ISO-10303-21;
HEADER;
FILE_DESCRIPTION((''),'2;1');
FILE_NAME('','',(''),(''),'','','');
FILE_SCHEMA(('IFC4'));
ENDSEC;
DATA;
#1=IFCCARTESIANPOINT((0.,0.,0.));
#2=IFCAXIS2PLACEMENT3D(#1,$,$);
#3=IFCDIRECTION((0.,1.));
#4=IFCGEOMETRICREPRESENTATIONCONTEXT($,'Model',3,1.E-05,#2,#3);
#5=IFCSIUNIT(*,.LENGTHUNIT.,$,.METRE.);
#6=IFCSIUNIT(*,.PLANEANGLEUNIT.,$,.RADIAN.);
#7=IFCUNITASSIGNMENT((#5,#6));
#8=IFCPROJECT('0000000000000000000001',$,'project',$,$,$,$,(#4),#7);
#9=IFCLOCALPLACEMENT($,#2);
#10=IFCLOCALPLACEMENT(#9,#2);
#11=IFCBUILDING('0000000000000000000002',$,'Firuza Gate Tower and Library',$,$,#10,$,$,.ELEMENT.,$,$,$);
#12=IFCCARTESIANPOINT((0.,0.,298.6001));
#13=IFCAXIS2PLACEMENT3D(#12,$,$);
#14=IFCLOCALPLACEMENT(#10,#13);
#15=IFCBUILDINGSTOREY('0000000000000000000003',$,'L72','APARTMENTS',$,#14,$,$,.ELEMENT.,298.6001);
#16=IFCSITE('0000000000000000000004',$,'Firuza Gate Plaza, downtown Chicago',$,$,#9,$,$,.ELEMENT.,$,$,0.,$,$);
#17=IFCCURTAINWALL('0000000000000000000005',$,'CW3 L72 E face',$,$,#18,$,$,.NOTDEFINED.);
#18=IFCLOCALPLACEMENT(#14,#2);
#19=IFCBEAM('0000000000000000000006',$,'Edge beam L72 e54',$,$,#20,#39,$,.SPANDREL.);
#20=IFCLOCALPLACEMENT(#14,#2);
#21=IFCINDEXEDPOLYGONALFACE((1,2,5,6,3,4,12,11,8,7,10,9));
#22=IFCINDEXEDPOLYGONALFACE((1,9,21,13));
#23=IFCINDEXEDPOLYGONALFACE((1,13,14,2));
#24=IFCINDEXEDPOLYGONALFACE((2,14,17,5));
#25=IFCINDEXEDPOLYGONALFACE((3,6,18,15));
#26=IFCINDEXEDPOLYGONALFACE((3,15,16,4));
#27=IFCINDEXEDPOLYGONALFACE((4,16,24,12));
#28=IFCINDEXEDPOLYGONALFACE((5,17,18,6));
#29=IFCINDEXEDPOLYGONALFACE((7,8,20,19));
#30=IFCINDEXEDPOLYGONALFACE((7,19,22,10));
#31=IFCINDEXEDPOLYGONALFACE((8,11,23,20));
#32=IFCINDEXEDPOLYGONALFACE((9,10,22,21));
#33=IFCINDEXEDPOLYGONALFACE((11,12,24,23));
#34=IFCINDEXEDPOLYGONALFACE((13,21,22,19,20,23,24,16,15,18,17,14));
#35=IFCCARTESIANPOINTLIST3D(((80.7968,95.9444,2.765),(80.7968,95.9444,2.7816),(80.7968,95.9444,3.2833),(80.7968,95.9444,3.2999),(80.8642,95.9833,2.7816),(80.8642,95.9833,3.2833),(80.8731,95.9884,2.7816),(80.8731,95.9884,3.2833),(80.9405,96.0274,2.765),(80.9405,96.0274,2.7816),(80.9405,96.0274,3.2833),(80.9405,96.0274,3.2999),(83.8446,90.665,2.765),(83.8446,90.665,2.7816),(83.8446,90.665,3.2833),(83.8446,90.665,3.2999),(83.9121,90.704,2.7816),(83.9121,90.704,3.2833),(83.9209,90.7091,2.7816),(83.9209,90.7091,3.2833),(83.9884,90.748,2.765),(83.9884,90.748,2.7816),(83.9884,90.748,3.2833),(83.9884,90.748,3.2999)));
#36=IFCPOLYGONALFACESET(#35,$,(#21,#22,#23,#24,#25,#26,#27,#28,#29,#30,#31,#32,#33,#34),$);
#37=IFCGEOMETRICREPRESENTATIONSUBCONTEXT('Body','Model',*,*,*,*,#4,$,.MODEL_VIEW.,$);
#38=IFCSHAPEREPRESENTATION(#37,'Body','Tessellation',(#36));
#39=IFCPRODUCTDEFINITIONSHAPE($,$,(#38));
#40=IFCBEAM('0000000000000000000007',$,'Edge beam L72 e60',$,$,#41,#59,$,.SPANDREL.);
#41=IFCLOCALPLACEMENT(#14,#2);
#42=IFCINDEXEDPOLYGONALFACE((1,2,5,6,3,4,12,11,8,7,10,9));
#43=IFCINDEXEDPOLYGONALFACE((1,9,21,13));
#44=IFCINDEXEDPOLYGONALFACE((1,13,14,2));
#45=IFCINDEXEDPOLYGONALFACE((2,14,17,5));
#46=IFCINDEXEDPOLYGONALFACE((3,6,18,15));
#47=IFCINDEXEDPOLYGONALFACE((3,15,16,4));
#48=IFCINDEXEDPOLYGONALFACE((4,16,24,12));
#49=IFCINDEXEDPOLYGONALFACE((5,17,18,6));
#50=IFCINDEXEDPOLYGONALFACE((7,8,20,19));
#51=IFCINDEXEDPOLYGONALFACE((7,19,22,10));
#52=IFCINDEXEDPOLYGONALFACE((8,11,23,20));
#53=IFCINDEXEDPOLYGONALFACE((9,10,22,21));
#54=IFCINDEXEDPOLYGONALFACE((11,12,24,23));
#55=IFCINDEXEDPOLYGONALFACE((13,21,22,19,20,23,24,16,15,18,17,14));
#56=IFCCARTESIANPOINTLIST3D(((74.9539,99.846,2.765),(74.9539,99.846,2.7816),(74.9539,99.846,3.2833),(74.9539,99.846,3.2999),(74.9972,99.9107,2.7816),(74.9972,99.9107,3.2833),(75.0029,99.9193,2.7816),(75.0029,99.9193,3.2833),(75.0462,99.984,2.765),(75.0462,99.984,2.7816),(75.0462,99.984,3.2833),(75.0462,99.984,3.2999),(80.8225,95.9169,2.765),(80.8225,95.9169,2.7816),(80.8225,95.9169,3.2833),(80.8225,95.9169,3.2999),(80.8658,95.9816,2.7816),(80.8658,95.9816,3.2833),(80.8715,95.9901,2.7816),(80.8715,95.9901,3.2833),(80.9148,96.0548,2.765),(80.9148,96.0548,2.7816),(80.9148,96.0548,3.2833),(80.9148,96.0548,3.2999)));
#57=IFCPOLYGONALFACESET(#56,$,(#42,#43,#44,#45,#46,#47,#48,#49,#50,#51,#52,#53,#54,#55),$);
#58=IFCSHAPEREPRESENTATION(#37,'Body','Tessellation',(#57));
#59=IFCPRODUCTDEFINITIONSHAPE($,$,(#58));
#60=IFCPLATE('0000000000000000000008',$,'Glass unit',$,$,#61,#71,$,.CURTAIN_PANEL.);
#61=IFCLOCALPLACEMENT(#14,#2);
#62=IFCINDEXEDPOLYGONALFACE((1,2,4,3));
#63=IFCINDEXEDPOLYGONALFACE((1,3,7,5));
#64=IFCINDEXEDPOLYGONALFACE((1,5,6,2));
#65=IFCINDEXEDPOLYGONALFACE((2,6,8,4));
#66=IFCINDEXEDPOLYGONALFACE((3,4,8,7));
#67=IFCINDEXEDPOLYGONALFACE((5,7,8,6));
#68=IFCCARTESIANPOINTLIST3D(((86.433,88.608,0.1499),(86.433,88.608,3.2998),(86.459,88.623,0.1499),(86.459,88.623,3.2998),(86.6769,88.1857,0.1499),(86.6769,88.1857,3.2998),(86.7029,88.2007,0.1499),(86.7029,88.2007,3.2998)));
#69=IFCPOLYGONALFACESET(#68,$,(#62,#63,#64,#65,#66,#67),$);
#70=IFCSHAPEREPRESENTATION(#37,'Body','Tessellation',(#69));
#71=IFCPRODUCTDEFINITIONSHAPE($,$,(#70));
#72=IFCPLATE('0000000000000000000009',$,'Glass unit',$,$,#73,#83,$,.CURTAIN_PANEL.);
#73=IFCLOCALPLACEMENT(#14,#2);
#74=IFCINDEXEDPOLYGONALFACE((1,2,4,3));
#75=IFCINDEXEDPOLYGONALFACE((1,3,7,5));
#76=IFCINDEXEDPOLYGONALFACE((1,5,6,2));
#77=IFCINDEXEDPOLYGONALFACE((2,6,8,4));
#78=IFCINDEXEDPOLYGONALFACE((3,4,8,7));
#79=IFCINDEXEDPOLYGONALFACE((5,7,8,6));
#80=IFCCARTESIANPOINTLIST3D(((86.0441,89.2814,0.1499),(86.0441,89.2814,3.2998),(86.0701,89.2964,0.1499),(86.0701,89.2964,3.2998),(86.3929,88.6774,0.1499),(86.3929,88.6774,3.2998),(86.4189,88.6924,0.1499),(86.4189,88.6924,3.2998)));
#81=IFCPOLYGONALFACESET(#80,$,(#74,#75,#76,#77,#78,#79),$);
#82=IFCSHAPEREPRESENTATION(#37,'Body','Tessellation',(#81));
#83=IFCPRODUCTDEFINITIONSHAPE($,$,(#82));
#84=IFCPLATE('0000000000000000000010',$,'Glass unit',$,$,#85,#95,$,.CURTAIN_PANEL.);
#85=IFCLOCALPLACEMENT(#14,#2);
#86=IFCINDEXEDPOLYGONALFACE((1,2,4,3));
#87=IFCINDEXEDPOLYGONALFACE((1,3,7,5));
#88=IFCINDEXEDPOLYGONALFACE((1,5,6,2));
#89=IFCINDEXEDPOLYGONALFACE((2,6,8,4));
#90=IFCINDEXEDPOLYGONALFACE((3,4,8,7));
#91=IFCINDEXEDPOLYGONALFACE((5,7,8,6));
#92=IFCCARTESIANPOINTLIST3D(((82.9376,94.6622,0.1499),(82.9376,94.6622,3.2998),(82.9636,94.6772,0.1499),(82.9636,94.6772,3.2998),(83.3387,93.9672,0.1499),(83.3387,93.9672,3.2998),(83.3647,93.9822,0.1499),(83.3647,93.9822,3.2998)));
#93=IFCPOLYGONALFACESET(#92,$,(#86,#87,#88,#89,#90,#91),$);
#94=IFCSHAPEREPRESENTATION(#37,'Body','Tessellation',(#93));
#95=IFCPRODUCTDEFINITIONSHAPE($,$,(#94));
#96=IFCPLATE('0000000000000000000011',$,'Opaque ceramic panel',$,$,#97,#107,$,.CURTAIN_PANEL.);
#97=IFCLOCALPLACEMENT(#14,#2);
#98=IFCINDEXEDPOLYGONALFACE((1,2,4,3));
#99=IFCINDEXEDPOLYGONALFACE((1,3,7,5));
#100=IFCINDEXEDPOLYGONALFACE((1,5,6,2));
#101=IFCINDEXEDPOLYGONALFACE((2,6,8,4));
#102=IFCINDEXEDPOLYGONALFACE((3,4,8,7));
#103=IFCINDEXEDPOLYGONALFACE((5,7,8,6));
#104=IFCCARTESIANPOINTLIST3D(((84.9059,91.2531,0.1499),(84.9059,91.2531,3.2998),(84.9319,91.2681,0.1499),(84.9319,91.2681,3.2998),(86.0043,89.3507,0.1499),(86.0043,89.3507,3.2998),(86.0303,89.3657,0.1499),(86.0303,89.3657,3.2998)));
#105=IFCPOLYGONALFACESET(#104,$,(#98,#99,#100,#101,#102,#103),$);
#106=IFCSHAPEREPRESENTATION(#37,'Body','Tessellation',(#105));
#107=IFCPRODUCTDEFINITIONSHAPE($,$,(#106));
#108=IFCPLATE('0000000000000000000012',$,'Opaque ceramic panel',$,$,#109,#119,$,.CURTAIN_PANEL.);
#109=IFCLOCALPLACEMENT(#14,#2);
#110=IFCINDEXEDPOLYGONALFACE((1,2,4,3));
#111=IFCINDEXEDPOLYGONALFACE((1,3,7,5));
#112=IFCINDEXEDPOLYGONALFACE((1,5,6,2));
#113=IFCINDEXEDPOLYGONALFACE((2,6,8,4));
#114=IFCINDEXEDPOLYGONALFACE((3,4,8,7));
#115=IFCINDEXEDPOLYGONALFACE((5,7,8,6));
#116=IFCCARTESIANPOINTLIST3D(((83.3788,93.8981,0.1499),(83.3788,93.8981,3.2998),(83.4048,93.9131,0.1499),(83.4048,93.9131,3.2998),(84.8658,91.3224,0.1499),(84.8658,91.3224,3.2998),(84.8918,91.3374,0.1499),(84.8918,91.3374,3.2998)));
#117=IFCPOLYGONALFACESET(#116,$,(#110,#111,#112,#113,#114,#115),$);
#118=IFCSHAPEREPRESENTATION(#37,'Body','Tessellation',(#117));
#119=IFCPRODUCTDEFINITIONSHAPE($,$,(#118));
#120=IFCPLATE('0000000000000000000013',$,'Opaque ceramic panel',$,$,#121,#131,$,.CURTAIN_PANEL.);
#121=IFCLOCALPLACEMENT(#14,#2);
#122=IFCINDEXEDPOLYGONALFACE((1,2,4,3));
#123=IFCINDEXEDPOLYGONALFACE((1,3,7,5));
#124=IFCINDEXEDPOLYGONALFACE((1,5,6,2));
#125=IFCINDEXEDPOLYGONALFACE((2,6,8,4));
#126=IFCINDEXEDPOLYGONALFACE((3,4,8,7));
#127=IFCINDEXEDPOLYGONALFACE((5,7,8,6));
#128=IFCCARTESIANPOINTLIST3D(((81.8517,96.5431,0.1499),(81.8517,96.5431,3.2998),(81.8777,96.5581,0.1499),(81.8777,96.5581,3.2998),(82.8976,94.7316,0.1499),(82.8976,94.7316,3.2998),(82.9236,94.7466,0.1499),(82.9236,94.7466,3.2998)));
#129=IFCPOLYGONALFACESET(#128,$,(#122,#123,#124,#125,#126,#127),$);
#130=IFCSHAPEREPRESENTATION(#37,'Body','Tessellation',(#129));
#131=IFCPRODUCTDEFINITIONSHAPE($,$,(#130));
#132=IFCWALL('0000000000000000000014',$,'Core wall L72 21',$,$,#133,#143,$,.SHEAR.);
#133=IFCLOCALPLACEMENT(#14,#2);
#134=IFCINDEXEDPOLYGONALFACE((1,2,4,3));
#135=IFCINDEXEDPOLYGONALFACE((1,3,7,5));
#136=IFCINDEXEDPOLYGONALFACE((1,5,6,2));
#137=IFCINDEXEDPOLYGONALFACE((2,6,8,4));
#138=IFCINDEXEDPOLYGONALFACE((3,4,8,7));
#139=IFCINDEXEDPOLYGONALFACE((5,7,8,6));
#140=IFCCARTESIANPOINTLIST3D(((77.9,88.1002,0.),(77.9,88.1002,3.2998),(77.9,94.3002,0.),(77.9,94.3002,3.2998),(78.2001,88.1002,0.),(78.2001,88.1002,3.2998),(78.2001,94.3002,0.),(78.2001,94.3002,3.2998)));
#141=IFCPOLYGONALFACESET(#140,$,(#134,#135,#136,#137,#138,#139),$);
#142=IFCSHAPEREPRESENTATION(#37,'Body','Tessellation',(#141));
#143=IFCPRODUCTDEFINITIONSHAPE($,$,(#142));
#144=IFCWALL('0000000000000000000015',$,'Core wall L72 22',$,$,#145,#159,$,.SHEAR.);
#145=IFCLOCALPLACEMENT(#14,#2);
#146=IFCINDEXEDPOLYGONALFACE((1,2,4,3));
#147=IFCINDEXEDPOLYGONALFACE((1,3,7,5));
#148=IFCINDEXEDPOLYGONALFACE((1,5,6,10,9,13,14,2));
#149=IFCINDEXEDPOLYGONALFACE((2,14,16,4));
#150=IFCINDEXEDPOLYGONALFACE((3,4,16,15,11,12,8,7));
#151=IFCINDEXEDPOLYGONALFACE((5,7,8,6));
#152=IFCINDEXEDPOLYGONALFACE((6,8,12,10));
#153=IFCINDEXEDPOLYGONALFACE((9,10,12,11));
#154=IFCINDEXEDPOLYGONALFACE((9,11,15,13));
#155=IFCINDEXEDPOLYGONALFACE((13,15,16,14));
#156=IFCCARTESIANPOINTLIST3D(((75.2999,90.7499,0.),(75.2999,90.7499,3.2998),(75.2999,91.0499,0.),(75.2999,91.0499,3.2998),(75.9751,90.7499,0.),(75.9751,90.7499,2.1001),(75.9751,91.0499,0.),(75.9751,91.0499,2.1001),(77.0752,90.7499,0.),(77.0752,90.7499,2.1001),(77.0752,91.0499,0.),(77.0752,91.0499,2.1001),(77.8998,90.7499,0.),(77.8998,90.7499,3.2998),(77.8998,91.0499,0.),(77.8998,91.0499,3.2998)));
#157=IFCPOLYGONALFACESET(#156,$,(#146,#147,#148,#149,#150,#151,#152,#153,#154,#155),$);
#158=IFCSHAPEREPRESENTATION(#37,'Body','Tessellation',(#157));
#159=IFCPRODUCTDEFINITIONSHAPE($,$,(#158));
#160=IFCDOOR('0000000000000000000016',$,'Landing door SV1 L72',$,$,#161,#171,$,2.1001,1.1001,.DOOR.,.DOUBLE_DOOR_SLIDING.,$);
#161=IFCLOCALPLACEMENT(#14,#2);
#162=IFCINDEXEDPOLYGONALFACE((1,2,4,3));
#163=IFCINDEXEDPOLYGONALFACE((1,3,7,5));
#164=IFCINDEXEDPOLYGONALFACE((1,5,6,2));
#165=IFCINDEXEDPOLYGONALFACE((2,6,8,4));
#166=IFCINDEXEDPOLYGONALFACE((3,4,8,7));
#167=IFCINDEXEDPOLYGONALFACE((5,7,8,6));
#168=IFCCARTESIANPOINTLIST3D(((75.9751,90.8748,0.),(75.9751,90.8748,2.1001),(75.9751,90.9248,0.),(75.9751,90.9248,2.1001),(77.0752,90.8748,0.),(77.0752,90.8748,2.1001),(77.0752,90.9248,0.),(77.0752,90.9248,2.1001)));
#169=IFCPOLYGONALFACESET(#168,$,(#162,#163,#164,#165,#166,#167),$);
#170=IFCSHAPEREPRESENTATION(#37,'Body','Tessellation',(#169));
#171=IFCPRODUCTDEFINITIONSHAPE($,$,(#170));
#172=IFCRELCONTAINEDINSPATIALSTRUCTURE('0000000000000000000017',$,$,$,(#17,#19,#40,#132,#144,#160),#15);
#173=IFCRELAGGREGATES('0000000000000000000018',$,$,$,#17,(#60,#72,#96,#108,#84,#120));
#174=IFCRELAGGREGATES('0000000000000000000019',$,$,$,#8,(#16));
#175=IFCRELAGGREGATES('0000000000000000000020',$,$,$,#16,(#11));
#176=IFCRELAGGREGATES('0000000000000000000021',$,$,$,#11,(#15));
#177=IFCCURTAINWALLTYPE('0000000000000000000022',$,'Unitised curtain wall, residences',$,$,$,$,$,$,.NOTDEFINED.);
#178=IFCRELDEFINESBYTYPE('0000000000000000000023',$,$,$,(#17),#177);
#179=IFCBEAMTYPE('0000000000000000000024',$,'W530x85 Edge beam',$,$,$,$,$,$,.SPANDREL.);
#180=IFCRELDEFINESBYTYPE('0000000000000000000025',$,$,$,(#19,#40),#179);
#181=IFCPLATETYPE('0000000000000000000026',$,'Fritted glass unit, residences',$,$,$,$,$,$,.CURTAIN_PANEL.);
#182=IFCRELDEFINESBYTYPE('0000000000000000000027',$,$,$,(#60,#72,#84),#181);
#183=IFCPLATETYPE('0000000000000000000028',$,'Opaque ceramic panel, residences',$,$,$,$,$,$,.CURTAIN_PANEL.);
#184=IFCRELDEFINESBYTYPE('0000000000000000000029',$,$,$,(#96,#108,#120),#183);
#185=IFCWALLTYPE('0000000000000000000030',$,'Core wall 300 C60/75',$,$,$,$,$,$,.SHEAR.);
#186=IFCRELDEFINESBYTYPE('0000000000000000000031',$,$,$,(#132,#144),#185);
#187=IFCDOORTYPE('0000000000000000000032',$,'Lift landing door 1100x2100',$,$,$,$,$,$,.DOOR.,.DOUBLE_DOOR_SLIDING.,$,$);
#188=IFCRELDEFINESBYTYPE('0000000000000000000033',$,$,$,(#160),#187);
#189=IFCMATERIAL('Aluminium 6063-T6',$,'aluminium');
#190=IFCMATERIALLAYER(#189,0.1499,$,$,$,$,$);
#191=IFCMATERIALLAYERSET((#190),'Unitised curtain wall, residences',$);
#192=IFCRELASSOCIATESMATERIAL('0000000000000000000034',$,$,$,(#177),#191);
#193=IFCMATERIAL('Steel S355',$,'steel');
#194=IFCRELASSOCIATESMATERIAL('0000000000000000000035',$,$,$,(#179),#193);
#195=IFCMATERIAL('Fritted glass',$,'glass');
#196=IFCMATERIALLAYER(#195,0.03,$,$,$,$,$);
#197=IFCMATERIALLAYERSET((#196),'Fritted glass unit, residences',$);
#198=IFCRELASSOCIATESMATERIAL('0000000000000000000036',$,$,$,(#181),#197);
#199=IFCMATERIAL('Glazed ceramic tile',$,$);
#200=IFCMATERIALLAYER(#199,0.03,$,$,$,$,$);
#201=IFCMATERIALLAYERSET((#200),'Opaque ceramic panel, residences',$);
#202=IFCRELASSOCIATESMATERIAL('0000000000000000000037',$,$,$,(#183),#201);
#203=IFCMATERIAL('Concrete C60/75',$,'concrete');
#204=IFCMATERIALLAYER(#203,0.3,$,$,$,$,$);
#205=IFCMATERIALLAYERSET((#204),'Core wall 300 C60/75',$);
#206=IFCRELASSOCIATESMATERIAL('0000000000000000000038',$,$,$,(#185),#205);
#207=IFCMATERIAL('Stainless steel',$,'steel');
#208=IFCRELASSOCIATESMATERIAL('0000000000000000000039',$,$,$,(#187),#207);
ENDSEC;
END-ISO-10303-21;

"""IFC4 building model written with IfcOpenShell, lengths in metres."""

from ifc_helpers import new_model, si_unit, direction, frame, frame_2d, origin, origin_2d, place, context, subcontext, project, spatial, polyline, rectangle, i_section, outline, extrude, material, layer, layer_set, material_profile, profile_set, type_object, element, fill, aggregate, save


model = new_model("IFC4")

# Units and contexts
model_context = context("Model", 3, precision=1e-05, world=origin(), true_north=direction((0.0, 1.0)))
body_context = subcontext(model_context, "Body", "Model", "MODEL_VIEW")
ifc_project = project(units=[si_unit("LENGTHUNIT", "METRE"), si_unit("PLANEANGLEUNIT", "RADIAN")], contexts=[model_context])

# Site, building, storey
site_placement = place(None, origin())
site = spatial("IfcSite", under=ifc_project, at=site_placement, Name="Firuza Gate Plaza, downtown Chicago", CompositionType="ELEMENT", RefElevation=0.0)
building_placement = place(site_placement, origin())
building = spatial("IfcBuilding", under=site, at=building_placement, Name="Firuza Gate Tower and Library", CompositionType="ELEMENT")
storey_placement = place(building_placement, frame((0.0, 0.0, 298.6001)))
storey = spatial("IfcBuildingStorey", under=building, at=storey_placement, Name="L72", Description="APARTMENTS", CompositionType="ELEMENT", Elevation=298.6001)

# Curtain wall
ifc_material_1 = material(Name="Aluminium 6063-T6", Category="aluminium")
ifc_layer_1 = layer(ifc_material_1, 0.1499)
ifc_layer_set_1 = layer_set([ifc_layer_1], Name="Unitised curtain wall, residences")
curtain_wall_type = type_object("IfcCurtainWallType", Name="Unitised curtain wall, residences", PredefinedType="NOTDEFINED", material=ifc_layer_set_1)
placement = place(storey_placement, origin())
curtain_wall = element("IfcCurtainWall", 1, at=placement, inside=storey, type_object=curtain_wall_type, Name="CW3 L72 E face", PredefinedType="NOTDEFINED")

# Beams
ifc_material_2 = material(Name="Steel S355", Category="steel")
ifc_material_profile_1 = material_profile(ifc_material_2, i_section(OverallWidth=0.166, OverallDepth=0.5349, WebThickness=0.0103, FlangeThickness=0.0166, at=origin_2d()))
ifc_profile_set_1 = profile_set([ifc_material_profile_1], Name="Steel S355")
beam_type_1 = type_object("IfcBeamType", Name="W530x85 Edge beam", PredefinedType="SPANDREL", material=ifc_profile_set_1)
beam_1_placement = place(storey_placement, frame((83.9165, 90.7065, 3.0325), z_axis=(-0.499981, 0.866036, 0.0), x_axis=(-0.866036, -0.499981, 0.0)))
element("IfcBeam", 2, at=beam_1_placement, inside=storey, type_object=beam_type_1, Name="Edge beam L72 e54", PredefinedType="SPANDREL", context=body_context, shape_type="SweptSolid", body=[
    extrude(i_section(OverallWidth=0.166, OverallDepth=0.5349, WebThickness=0.0103, FlangeThickness=0.0166, at=origin_2d()), origin(), (0.0, 0.0, 1.0), 6.0959),
])
beam_2_placement = place(storey_placement, frame((80.8687, 95.9858, 3.0325), z_axis=(-0.830953, 0.556342, 0.0), x_axis=(-0.556342, -0.830953, 0.0)))
element("IfcBeam", 3, at=beam_2_placement, inside=storey, type_object=beam_type_1, Name="Edge beam L72 e60", PredefinedType="SPANDREL", context=body_context, shape_type="SweptSolid", body=[
    extrude(i_section(OverallWidth=0.166, OverallDepth=0.5349, WebThickness=0.0103, FlangeThickness=0.0166, at=origin_2d()), origin(), (0.0, 0.0, 1.0), 7.0625),
])

# Plates
ifc_material_3 = material(Name="Fritted glass", Category="glass")
ifc_layer_2 = layer(ifc_material_3, 0.03)
ifc_layer_set_2 = layer_set([ifc_layer_2], Name="Fritted glass unit, residences")
plate_type_1 = type_object("IfcPlateType", Name="Fritted glass unit, residences", PredefinedType="CURTAIN_PANEL", material=ifc_layer_set_2)
plate_1_placement = place(storey_placement, frame((86.7029, 88.2007, 0.1499), z_axis=(0.865986, 0.500069, 0.0), x_axis=(-0.500069, 0.865986, 0.0)))
plate_1 = element("IfcPlate", 4, at=plate_1_placement, type_object=plate_type_1, Name="Glass unit", PredefinedType="CURTAIN_PANEL", context=body_context, shape_type="SweptSolid", body=[
    extrude(outline(polyline([(0.0, 0.0), (0.4877, 0.0), (0.4877, 3.1499), (0.0, 3.1499), (0.0, 0.0)])), origin(), (0.0, 0.0, -1.0), 0.03),
])
plate_2_placement = place(storey_placement, frame((86.4189, 88.6924, 0.1499), z_axis=(0.865929, 0.500167, 0.0), x_axis=(-0.500167, 0.865929, 0.0)))
plate_2 = element("IfcPlate", 5, at=plate_2_placement, type_object=plate_type_1, Name="Glass unit", PredefinedType="CURTAIN_PANEL", context=body_context, shape_type="SweptSolid", body=[
    extrude(outline(polyline([(0.0, 0.0), (0.6975, 0.0), (0.6975, 3.1499), (0.0, 3.1499), (0.0, 0.0)])), origin(), (0.0, 0.0, -1.0), 0.03),
])
plate_3_placement = place(storey_placement, frame((83.3647, 93.9822, 0.1499), z_axis=(0.86612, 0.499837, 0.0), x_axis=(-0.499837, 0.86612, 0.0)))
plate_3 = element("IfcPlate", 6, at=plate_3_placement, type_object=plate_type_1, Name="Glass unit", PredefinedType="CURTAIN_PANEL", context=body_context, shape_type="SweptSolid", body=[
    extrude(outline(polyline([(0.0, 0.0), (0.8025, 0.0), (0.8025, 3.1499), (0.0, 3.1499), (0.0, 0.0)])), origin(), (0.0, 0.0, -1.0), 0.03),
])
ifc_material_4 = material(Name="Glazed ceramic tile")
ifc_layer_3 = layer(ifc_material_4, 0.03)
ifc_layer_set_3 = layer_set([ifc_layer_3], Name="Opaque ceramic panel, residences")
plate_type_2 = type_object("IfcPlateType", Name="Opaque ceramic panel, residences", PredefinedType="CURTAIN_PANEL", material=ifc_layer_set_3)
plate_4_placement = place(storey_placement, frame((86.0303, 89.3657, 0.1499), z_axis=(0.866012, 0.500024, 0.0), x_axis=(-0.500024, 0.866012, 0.0)))
plate_4 = element("IfcPlate", 7, at=plate_4_placement, type_object=plate_type_2, Name="Opaque ceramic panel", PredefinedType="CURTAIN_PANEL", context=body_context, shape_type="SweptSolid", body=[
    extrude(outline(polyline([(0.0, 0.0), (2.1967, 0.0), (2.1967, 3.1499), (0.0, 3.1499), (0.0, 0.0)])), origin(), (0.0, 0.0, -1.0), 0.03),
])
plate_5_placement = place(storey_placement, frame((84.8918, 91.3374, 0.1499), z_axis=(0.866027, 0.499997, 0.0), x_axis=(-0.499997, 0.866027, 0.0)))
plate_5 = element("IfcPlate", 8, at=plate_5_placement, type_object=plate_type_2, Name="Opaque ceramic panel", PredefinedType="CURTAIN_PANEL", context=body_context, shape_type="SweptSolid", body=[
    extrude(outline(polyline([(0.0, 0.0), (2.9741, 0.0), (2.9741, 3.1499), (0.0, 3.1499), (0.0, 0.0)])), origin(), (0.0, 0.0, -1.0), 0.03),
])
plate_6_placement = place(storey_placement, frame((82.9236, 94.7466, 0.1499), z_axis=(0.866022, 0.500005, 0.0), x_axis=(-0.500005, 0.866022, 0.0)))
plate_6 = element("IfcPlate", 9, at=plate_6_placement, type_object=plate_type_2, Name="Opaque ceramic panel", PredefinedType="CURTAIN_PANEL", context=body_context, shape_type="SweptSolid", body=[
    extrude(outline(polyline([(0.0, 0.0), (2.0918, 0.0), (2.0918, 3.1499), (0.0, 3.1499), (0.0, 0.0)])), origin(), (0.0, 0.0, -1.0), 0.03),
])
aggregate(curtain_wall, [plate_1, plate_2, plate_4, plate_5, plate_3, plate_6])

# Wall
ifc_material_5 = material(Name="Concrete C60/75", Category="concrete")
ifc_layer_4 = layer(ifc_material_5, 0.3)
ifc_layer_set_4 = layer_set([ifc_layer_4], Name="Core wall 300 C60/75")
wall_type_1 = type_object("IfcWallType", Name="Core wall 300 C60/75", PredefinedType="SHEAR", material=ifc_layer_set_4)
wall_1_placement = place(storey_placement, frame((78.05, 88.1001, 0.0), z_axis=(0.0, 0.0, 1.0), x_axis=(0.0, 1.0, 0.0)))
element("IfcWall", 10, at=wall_1_placement, inside=storey, type_object=wall_type_1, Name="Core wall L72 21", PredefinedType="SHEAR", context=body_context, shape_type="SweptSolid", body=[
    extrude(rectangle(XDim=6.2, YDim=0.3, at=frame_2d((3.1001, 0.0))), origin(), (0.0, 0.0, 1.0), 3.2998),
])

# Wall, opening, door
wall_2_placement = place(storey_placement, frame((75.3, 90.8999, 0.0), z_axis=(0.0, 0.0, 1.0), x_axis=(1.0, 0.0, 0.0)))
wall_2 = element("IfcWall", 11, at=wall_2_placement, inside=storey, type_object=wall_type_1, Name="Core wall L72 22", PredefinedType="SHEAR", context=body_context, shape_type="SweptSolid", body=[
    extrude(rectangle(XDim=2.5999, YDim=0.3, at=frame_2d((1.2998, 0.0))), origin(), (0.0, 0.0, 1.0), 3.2998),
])
opening_1_placement = place(wall_2_placement, frame((0.675, 0.0, 0.0)))
opening_1 = element("IfcOpeningElement", 12, at=opening_1_placement, cuts=wall_2, PredefinedType="OPENING", context=body_context, shape_type="SweptSolid", body=[
    extrude(rectangle(XDim=1.1001, YDim=2.1001, at=frame_2d((0.55, 1.05))), frame((0.0, 0.1602, 0.0), z_axis=(0.0, -1.0, 0.0), x_axis=(1.0, 0.0, 0.0)), (0.0, 0.0, 1.0), 0.3201),
])
ifc_material_6 = material(Name="Stainless steel", Category="steel")
door_type_1 = type_object("IfcDoorType", Name="Lift landing door 1100x2100", OperationType="DOUBLE_DOOR_SLIDING", PredefinedType="DOOR", material=ifc_material_6)
door_1_placement = place(opening_1_placement, origin())
door_1 = element("IfcDoor", 13, at=door_1_placement, inside=storey, type_object=door_type_1, Name="Landing door SV1 L72", OperationType="DOUBLE_DOOR_SLIDING", OverallHeight=2.1001, OverallWidth=1.1001, PredefinedType="DOOR", context=body_context, shape_type="SweptSolid", body=[
    extrude(rectangle(XDim=1.1001, YDim=2.1001, at=frame_2d((0.55, 1.05))), frame((0.0, 0.0249, 0.0), z_axis=(0.0, -1.0, 0.0), x_axis=(1.0, 0.0, 0.0)), (0.0, 0.0, 1.0), 0.05),
])
fill(opening_1, door_1)

save(model, "model.ifc")
